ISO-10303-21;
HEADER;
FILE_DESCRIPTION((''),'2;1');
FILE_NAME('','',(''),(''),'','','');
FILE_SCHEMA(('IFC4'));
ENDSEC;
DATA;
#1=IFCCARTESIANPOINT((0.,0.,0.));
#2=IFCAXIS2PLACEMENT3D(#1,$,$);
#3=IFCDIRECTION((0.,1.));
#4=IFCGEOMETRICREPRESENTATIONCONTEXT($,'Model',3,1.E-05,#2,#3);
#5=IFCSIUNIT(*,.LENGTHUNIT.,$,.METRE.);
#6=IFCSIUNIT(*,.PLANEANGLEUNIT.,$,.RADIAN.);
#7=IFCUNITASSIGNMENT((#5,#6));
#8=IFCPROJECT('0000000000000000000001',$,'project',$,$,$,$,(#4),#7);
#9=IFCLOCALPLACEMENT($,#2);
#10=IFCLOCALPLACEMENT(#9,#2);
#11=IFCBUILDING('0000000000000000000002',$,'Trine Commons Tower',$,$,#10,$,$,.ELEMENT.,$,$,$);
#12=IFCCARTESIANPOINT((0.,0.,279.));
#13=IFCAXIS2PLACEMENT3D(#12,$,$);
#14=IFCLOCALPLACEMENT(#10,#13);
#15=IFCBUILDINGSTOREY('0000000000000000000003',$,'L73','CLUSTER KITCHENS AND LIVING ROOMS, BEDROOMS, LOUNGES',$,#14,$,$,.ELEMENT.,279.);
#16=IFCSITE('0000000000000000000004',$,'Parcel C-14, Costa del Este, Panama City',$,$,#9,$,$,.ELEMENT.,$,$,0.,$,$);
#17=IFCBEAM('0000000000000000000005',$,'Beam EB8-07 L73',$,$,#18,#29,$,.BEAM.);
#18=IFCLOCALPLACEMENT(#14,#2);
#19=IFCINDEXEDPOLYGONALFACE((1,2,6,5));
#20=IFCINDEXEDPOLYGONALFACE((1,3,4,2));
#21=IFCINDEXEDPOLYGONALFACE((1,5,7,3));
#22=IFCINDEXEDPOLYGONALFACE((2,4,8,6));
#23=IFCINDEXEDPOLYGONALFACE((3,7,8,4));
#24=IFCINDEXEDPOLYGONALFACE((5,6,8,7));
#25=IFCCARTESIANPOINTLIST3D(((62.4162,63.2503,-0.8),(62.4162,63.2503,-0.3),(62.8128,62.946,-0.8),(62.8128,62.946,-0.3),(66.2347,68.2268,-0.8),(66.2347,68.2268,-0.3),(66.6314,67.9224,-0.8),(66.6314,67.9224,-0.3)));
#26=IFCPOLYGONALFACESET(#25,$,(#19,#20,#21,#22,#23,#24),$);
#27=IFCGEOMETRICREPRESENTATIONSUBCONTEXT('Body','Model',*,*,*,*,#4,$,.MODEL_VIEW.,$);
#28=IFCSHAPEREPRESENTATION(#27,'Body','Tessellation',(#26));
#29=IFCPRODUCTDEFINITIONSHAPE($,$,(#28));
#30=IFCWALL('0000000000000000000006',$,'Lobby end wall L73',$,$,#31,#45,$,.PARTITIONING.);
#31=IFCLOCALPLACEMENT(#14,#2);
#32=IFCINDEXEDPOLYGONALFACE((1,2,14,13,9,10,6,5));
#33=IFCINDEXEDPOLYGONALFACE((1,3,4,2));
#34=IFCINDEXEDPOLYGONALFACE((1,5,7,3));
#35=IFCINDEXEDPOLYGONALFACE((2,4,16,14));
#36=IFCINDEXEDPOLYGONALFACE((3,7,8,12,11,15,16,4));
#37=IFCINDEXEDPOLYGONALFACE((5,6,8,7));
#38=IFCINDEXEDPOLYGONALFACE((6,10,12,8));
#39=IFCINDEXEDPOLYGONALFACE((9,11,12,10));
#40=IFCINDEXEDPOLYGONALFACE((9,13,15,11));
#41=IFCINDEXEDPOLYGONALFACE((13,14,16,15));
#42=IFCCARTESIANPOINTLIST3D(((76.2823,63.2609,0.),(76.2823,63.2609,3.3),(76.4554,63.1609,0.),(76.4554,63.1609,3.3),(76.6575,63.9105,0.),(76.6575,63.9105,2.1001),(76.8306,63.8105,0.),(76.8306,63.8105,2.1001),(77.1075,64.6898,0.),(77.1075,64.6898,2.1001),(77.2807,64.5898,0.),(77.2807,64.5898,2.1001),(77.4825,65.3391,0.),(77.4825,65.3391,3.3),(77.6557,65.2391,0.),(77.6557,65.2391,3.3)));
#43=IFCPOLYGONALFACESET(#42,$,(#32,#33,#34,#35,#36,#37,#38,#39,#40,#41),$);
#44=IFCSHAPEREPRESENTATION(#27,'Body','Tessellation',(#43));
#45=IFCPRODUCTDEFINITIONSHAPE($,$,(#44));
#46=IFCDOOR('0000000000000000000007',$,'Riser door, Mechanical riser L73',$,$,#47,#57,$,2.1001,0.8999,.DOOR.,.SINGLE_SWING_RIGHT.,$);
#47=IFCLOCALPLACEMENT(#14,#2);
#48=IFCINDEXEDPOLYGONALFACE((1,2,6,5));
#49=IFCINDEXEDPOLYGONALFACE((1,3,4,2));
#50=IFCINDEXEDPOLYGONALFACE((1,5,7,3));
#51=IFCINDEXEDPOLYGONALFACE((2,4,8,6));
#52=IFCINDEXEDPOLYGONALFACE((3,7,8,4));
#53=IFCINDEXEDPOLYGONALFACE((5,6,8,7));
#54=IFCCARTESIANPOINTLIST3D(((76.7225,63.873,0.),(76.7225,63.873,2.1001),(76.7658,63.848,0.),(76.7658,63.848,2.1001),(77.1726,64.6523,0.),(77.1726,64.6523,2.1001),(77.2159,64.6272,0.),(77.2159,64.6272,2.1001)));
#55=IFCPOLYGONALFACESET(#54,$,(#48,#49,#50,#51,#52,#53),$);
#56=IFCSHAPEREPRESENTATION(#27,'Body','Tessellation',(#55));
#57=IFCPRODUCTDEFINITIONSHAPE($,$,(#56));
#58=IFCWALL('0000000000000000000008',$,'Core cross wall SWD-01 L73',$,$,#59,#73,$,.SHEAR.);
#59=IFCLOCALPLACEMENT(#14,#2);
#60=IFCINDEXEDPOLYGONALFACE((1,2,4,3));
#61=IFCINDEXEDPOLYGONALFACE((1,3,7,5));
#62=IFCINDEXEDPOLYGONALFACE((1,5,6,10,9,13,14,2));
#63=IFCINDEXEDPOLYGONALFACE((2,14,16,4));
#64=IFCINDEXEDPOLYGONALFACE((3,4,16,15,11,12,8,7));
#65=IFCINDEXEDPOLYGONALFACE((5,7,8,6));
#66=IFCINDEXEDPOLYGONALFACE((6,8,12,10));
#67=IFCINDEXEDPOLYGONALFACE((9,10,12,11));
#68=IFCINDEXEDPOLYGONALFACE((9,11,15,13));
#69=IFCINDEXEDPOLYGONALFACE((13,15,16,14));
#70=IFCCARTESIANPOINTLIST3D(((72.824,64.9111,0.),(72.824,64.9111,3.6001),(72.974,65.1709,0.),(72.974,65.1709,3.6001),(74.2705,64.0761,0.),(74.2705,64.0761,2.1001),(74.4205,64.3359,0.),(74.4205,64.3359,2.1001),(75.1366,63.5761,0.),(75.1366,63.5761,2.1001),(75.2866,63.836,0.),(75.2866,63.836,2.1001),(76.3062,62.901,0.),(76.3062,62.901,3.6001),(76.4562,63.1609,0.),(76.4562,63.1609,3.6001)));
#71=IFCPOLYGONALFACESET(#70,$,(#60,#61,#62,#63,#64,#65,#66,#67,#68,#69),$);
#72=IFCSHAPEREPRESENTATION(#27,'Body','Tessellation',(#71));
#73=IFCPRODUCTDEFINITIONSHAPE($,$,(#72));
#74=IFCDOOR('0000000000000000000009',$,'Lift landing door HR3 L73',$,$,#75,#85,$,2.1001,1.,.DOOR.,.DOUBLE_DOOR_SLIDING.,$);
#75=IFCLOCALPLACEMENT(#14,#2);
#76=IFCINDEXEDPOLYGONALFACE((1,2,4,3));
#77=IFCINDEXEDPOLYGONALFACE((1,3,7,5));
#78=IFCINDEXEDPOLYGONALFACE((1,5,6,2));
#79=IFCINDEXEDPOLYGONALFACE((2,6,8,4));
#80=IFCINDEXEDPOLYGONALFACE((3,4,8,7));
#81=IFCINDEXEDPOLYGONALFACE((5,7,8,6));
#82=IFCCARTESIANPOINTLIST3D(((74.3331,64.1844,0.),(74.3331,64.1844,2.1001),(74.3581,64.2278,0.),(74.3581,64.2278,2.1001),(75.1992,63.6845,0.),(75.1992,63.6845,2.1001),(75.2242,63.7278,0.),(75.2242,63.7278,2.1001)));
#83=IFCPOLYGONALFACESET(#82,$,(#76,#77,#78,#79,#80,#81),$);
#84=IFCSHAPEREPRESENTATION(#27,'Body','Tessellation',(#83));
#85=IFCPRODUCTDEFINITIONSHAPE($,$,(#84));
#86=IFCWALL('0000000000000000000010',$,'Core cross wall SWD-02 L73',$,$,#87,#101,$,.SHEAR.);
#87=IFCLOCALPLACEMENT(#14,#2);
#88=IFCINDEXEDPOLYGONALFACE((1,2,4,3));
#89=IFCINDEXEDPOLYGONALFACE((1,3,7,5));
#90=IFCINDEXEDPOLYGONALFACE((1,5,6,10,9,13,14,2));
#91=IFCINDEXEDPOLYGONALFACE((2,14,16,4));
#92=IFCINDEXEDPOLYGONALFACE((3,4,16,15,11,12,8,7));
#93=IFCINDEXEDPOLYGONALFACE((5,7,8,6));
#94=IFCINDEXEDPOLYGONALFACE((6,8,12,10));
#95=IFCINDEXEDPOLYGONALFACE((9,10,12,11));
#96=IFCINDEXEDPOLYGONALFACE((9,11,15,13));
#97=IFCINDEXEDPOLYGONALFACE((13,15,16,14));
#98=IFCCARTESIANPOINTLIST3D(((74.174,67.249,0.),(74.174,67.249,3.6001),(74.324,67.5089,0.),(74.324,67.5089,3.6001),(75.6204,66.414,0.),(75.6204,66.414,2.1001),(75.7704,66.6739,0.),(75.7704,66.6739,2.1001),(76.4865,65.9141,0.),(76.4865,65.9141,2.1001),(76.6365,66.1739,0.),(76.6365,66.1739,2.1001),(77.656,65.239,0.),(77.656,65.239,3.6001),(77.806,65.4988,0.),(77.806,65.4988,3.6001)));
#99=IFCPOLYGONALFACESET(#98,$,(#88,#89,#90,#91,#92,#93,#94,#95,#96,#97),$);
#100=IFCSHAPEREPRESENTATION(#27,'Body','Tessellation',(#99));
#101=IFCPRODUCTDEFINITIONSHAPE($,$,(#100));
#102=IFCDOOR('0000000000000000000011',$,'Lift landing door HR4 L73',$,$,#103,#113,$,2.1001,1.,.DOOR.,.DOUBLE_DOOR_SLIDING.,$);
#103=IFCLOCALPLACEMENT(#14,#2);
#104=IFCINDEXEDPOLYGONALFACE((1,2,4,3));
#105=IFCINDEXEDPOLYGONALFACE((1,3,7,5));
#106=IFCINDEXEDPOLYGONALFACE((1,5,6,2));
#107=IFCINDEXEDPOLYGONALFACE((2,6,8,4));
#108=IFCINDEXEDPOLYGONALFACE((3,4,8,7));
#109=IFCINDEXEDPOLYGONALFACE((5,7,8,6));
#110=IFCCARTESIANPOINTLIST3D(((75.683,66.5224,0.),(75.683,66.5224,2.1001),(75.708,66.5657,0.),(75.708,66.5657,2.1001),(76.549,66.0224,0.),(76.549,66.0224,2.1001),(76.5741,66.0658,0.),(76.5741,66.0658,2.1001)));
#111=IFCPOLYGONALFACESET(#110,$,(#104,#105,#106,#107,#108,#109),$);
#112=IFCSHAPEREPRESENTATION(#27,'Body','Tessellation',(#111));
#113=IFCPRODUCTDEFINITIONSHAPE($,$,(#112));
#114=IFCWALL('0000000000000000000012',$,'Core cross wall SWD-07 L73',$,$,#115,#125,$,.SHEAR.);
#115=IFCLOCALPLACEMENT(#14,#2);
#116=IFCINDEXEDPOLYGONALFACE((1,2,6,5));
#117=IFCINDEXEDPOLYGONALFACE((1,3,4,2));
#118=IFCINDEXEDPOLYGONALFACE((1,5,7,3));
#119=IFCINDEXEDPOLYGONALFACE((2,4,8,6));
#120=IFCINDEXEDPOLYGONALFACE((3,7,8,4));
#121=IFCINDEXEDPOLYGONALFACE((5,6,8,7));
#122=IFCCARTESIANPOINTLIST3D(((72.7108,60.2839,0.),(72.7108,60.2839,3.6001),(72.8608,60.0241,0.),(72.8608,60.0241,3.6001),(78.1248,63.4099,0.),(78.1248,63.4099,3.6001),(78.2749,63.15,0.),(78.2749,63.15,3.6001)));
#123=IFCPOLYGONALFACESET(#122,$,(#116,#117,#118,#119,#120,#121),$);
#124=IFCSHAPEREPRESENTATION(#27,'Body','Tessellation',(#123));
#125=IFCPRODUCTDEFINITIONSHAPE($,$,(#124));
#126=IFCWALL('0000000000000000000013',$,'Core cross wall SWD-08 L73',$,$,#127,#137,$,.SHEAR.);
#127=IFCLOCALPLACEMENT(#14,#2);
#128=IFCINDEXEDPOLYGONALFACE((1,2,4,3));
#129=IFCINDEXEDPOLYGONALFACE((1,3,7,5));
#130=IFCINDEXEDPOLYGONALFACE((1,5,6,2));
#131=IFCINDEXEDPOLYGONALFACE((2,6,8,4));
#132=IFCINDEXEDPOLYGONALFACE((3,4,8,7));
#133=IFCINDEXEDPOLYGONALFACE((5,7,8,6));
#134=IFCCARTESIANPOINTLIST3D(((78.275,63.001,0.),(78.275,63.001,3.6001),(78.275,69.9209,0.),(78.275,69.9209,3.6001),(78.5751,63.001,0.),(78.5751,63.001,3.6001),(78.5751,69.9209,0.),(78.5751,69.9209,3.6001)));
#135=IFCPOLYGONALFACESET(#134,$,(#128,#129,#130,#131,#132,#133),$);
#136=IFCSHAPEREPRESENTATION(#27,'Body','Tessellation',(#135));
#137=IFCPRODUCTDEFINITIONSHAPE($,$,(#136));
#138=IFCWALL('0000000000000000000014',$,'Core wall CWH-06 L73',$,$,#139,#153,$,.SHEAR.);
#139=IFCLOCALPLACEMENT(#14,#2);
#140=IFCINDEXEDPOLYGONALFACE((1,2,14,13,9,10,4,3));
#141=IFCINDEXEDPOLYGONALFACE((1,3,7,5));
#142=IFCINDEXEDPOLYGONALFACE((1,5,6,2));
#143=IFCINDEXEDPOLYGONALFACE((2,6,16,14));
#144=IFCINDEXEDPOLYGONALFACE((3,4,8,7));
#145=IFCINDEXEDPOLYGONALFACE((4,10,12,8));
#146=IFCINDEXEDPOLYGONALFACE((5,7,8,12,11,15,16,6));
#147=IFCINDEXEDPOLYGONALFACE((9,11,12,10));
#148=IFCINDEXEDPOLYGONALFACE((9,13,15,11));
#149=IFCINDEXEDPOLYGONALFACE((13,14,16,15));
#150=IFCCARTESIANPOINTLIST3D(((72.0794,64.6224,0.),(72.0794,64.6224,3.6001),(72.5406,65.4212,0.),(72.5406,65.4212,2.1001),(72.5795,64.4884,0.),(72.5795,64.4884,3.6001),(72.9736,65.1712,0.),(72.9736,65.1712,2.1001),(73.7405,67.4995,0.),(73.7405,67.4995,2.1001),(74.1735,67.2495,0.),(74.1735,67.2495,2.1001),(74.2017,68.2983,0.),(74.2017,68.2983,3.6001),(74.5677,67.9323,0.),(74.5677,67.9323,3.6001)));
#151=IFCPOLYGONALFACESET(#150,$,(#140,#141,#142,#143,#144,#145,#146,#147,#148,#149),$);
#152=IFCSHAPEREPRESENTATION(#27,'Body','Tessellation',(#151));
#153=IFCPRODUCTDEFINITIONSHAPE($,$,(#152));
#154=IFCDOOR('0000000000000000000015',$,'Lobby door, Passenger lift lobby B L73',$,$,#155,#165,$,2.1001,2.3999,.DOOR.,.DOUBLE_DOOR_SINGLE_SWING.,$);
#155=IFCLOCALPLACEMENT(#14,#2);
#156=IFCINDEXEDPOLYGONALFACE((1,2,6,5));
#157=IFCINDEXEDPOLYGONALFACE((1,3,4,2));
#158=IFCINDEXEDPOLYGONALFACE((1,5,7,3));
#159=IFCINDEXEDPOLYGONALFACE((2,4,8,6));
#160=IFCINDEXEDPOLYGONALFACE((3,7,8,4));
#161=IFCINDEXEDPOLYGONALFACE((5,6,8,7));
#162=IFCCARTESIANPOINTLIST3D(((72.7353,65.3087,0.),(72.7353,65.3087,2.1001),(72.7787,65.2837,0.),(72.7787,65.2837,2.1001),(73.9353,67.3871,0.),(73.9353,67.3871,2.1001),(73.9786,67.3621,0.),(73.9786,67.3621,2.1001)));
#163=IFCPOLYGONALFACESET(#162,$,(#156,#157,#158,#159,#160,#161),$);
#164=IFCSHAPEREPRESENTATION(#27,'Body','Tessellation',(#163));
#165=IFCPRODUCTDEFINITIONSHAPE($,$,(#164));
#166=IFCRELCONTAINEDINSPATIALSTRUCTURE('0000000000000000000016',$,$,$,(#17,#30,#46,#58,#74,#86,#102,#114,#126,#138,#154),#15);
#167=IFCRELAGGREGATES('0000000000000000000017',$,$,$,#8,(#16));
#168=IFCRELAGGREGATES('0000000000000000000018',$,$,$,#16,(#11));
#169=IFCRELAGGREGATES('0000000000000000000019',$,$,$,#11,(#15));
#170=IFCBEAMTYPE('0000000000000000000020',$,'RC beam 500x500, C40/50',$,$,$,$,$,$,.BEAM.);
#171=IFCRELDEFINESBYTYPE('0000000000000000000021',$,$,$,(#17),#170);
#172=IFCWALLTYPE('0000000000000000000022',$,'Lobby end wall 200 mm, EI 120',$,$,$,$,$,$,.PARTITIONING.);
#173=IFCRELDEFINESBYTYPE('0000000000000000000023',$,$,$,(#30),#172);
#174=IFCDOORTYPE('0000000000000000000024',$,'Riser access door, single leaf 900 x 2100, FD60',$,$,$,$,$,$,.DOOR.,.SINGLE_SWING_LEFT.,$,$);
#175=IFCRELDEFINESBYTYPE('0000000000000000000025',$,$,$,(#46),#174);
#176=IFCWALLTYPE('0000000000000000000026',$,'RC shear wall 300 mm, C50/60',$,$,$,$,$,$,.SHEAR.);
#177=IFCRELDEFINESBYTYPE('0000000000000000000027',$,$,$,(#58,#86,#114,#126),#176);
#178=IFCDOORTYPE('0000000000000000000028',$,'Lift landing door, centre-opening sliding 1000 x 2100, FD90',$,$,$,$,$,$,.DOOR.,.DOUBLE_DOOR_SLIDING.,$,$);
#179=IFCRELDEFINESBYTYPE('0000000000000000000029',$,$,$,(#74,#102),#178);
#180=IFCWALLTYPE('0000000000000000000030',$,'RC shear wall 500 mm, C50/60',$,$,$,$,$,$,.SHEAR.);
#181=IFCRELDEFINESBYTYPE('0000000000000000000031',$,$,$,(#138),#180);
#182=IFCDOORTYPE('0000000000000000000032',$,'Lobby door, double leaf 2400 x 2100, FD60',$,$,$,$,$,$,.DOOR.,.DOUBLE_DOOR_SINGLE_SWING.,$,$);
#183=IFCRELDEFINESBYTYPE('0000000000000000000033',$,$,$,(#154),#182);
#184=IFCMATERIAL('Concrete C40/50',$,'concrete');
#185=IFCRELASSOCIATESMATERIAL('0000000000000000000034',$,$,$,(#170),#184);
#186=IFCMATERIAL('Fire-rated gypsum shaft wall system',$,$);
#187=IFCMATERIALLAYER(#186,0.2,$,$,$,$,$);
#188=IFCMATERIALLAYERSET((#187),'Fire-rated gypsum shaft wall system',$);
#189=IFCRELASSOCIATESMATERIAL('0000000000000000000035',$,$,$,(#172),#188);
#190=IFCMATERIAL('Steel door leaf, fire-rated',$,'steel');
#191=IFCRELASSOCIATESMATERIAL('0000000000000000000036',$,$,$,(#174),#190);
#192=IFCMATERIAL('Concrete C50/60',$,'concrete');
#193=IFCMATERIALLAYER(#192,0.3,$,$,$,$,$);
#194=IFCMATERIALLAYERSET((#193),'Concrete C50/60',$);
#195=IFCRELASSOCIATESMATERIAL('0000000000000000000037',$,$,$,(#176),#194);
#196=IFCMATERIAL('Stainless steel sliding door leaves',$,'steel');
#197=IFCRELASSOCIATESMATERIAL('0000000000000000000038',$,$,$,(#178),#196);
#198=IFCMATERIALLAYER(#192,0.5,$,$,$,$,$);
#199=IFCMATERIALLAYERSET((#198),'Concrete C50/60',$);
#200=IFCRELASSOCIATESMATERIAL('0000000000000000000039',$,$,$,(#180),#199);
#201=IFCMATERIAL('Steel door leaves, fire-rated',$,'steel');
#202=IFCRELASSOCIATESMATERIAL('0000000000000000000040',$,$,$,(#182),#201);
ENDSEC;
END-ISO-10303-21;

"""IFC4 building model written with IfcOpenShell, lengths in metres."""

from ifc_helpers import new_model, si_unit, direction, frame, frame_2d, origin, origin_2d, place, context, subcontext, project, spatial, polyline, rectangle, outline, extrude, material, layer, layer_set, material_profile, profile_set, type_object, element, fill, save


model = new_model("IFC4")

# Units and contexts
model_context = context("Model", 3, precision=1e-05, world=origin(), true_north=direction((0.0, 1.0)))
body_context = subcontext(model_context, "Body", "Model", "MODEL_VIEW")
ifc_project = project(units=[si_unit("LENGTHUNIT", "METRE"), si_unit("PLANEANGLEUNIT", "RADIAN")], contexts=[model_context])

# Site, building, storey
site_placement = place(None, origin())
site = spatial("IfcSite", under=ifc_project, at=site_placement, Name="Parcel C-14, Costa del Este, Panama City", CompositionType="ELEMENT", RefElevation=0.0)
building_placement = place(site_placement, origin())
building = spatial("IfcBuilding", under=site, at=building_placement, Name="Trine Commons Tower", CompositionType="ELEMENT")
storey_placement = place(building_placement, frame((0.0, 0.0, 279.0)))
storey = spatial("IfcBuildingStorey", under=building, at=storey_placement, Name="L73", Description="CLUSTER KITCHENS AND LIVING ROOMS, BEDROOMS, LOUNGES", CompositionType="ELEMENT", Elevation=279.0)

# Beam
ifc_material_1 = material(Name="Concrete C40/50", Category="concrete")
ifc_material_profile = material_profile(ifc_material_1, rectangle(XDim=0.5, YDim=0.5, at=origin_2d()), Name="RC 500x500")
ifc_profile_set = profile_set([ifc_material_profile], Name="Concrete C40/50")
beam_type = type_object("IfcBeamType", Name="RC beam 500x500, C40/50", PredefinedType="BEAM", material=ifc_profile_set)
beam_placement = place(storey_placement, frame((62.6145, 63.0981, -0.55), z_axis=(0.608757, 0.793357, 0.0), x_axis=(-0.793357, 0.608757, 0.0)))
element("IfcBeam", 1, at=beam_placement, inside=storey, type_object=beam_type, Name="Beam EB8-07 L73", PredefinedType="BEAM", context=body_context, shape_type="SweptSolid", body=[
    extrude(rectangle(XDim=0.5, YDim=0.5, at=origin_2d()), origin(), (0.0, 0.0, 1.0), 6.2727),
])

# Walls, openings, doors
ifc_material_2 = material(Name="Fire-rated gypsum shaft wall system")
ifc_layer_1 = layer(ifc_material_2, 0.2)
ifc_layer_set_1 = layer_set([ifc_layer_1], Name="Fire-rated gypsum shaft wall system")
wall_type_1 = type_object("IfcWallType", Name="Lobby end wall 200 mm, EI 120", PredefinedType="PARTITIONING", material=ifc_layer_set_1)
wall_1_placement = place(storey_placement, frame((77.5691, 65.2891, 0.0), z_axis=(0.0, 0.0, 1.0), x_axis=(-0.500122, -0.865955, 0.0)))
wall_1 = element("IfcWall", 2, at=wall_1_placement, inside=storey, type_object=wall_type_1, Name="Lobby end wall L73", PredefinedType="PARTITIONING", context=body_context, shape_type="SweptSolid", body=[
    extrude(rectangle(XDim=2.3999, YDim=0.2, at=frame_2d((1.2, 0.0))), origin(), (0.0, 0.0, 1.0), 3.3),
])
opening_1_placement = place(wall_1_placement, frame((0.7498, 0.0, 0.0)))
opening_1 = element("IfcOpeningElement", 3, at=opening_1_placement, cuts=wall_1, PredefinedType="OPENING", context=body_context, shape_type="SweptSolid", body=[
    extrude(rectangle(XDim=0.8999, YDim=2.1001, at=frame_2d((0.45, 1.05))), frame((0.0, 0.1099, 0.0), z_axis=(0.0, -1.0, 0.0), x_axis=(1.0, 0.0, 0.0)), (0.0, 0.0, 1.0), 0.22),
])
ifc_material_3 = material(Name="Steel door leaf, fire-rated", Category="steel")
door_type_1 = type_object("IfcDoorType", Name="Riser access door, single leaf 900 x 2100, FD60", OperationType="SINGLE_SWING_LEFT", PredefinedType="DOOR", material=ifc_material_3)
door_1_placement = place(opening_1_placement, frame((0.8999, 0.0, 0.0), z_axis=(0.0, 0.0, 1.0), x_axis=(-1.0, 0.0, 0.0)))
door_1 = element("IfcDoor", 4, at=door_1_placement, inside=storey, type_object=door_type_1, Name="Riser door, Mechanical riser L73", OperationType="SINGLE_SWING_RIGHT", OverallHeight=2.1001, OverallWidth=0.8999, PredefinedType="DOOR", context=body_context, shape_type="SweptSolid", body=[
    extrude(rectangle(XDim=0.8999, YDim=2.1001, at=frame_2d((0.45, 1.05))), frame((0.0, 0.0249, 0.0), z_axis=(0.0, -1.0, 0.0), x_axis=(1.0, 0.0, 0.0)), (0.0, 0.0, 1.0), 0.05),
])
fill(opening_1, door_1)
ifc_material_4 = material(Name="Concrete C50/60", Category="concrete")
ifc_layer_2 = layer(ifc_material_4, 0.3)
ifc_layer_set_2 = layer_set([ifc_layer_2], Name="Concrete C50/60")
wall_type_2 = type_object("IfcWallType", Name="RC shear wall 300 mm, C50/60", PredefinedType="SHEAR", material=ifc_layer_set_2)
wall_2_placement = place(storey_placement, frame((76.3811, 63.031, 0.0), z_axis=(0.0, 0.0, 1.0), x_axis=(-0.866071, 0.49992, 0.0)))
wall_2 = element("IfcWall", 5, at=wall_2_placement, inside=storey, type_object=wall_type_2, Name="Core cross wall SWD-01 L73", PredefinedType="SHEAR", context=body_context, shape_type="SweptSolid", body=[
    extrude(rectangle(XDim=4.0208, YDim=0.3, at=frame_2d((2.0103, 0.0))), origin(), (0.0, 0.0, 1.0), 3.6001),
])
opening_2_placement = place(wall_2_placement, frame((1.3503, 0.0, 0.0)))
opening_2 = element("IfcOpeningElement", 6, at=opening_2_placement, cuts=wall_2, PredefinedType="OPENING", context=body_context, shape_type="SweptSolid", body=[
    extrude(rectangle(XDim=1.0, YDim=2.1001, at=frame_2d((0.5, 1.05))), frame((0.0, 0.1599, 0.0), z_axis=(0.0, -1.0, 0.0), x_axis=(1.0, 0.0, 0.0)), (0.0, 0.0, 1.0), 0.3201),
])
ifc_material_5 = material(Name="Stainless steel sliding door leaves", Category="steel")
door_type_2 = type_object("IfcDoorType", Name="Lift landing door, centre-opening sliding 1000 x 2100, FD90", OperationType="DOUBLE_DOOR_SLIDING", PredefinedType="DOOR", material=ifc_material_5)
door_2_placement = place(opening_2_placement, origin())
door_2 = element("IfcDoor", 7, at=door_2_placement, inside=storey, type_object=door_type_2, Name="Lift landing door HR3 L73", OperationType="DOUBLE_DOOR_SLIDING", OverallHeight=2.1001, OverallWidth=1.0, PredefinedType="DOOR", context=body_context, shape_type="SweptSolid", body=[
    extrude(rectangle(XDim=1.0, YDim=2.1001, at=frame_2d((0.5, 1.05))), frame((0.0, 0.0249, 0.0), z_axis=(0.0, -1.0, 0.0), x_axis=(1.0, 0.0, 0.0)), (0.0, 0.0, 1.0), 0.05),
])
fill(opening_2, door_2)
wall_3_placement = place(storey_placement, frame((77.731, 65.3689, 0.0), z_axis=(0.0, 0.0, 1.0), x_axis=(-0.866056, 0.499947, 0.0)))
wall_3 = element("IfcWall", 8, at=wall_3_placement, inside=storey, type_object=wall_type_2, Name="Core cross wall SWD-02 L73", PredefinedType="SHEAR", context=body_context, shape_type="SweptSolid", body=[
    extrude(rectangle(XDim=4.0205, YDim=0.3, at=frame_2d((2.0103, 0.0))), origin(), (0.0, 0.0, 1.0), 3.6001),
])
opening_3_placement = place(wall_3_placement, frame((1.3503, 0.0, 0.0)))
opening_3 = element("IfcOpeningElement", 9, at=opening_3_placement, cuts=wall_3, PredefinedType="OPENING", context=body_context, shape_type="SweptSolid", body=[
    extrude(rectangle(XDim=1.0, YDim=2.1001, at=frame_2d((0.5, 1.05))), frame((0.0, 0.1599, 0.0), z_axis=(0.0, -1.0, 0.0), x_axis=(1.0, 0.0, 0.0)), (0.0, 0.0, 1.0), 0.3201),
])
door_3_placement = place(opening_3_placement, origin())
door_3 = element("IfcDoor", 10, at=door_3_placement, inside=storey, type_object=door_type_2, Name="Lift landing door HR4 L73", OperationType="DOUBLE_DOOR_SLIDING", OverallHeight=2.1001, OverallWidth=1.0, PredefinedType="DOOR", context=body_context, shape_type="SweptSolid", body=[
    extrude(rectangle(XDim=1.0, YDim=2.1001, at=frame_2d((0.5, 1.05))), frame((0.0, 0.0249, 0.0), z_axis=(0.0, -1.0, 0.0), x_axis=(1.0, 0.0, 0.0)), (0.0, 0.0, 1.0), 0.05),
])
fill(opening_3, door_3)

# Walls
wall_4_placement = place(storey_placement, frame((78.2, 63.28, 0.0), z_axis=(0.0, 0.0, 1.0), x_axis=(-0.866014, -0.50002, 0.0)))
element("IfcWall", 11, at=wall_4_placement, inside=storey, type_object=wall_type_2, Name="Core cross wall SWD-07 L73", PredefinedType="SHEAR", context=body_context, shape_type="SweptSolid", body=[
    extrude(rectangle(XDim=6.2517, YDim=0.3, at=frame_2d((3.126, 0.0))), origin(), (0.0, 0.0, 1.0), 3.6001),
])
wall_5_placement = place(storey_placement, frame((78.425, 63.001, 0.0), z_axis=(0.0, 0.0, 1.0), x_axis=(0.0, 1.0, 0.0)))
element("IfcWall", 12, at=wall_5_placement, inside=storey, type_object=wall_type_2, Name="Core cross wall SWD-08 L73", PredefinedType="SHEAR", context=body_context, shape_type="SweptSolid", body=[
    extrude(rectangle(XDim=6.9199, YDim=0.3, at=frame_2d((3.46, 0.0))), origin(), (0.0, 0.0, 1.0), 3.6001),
])

# Wall, opening, door
ifc_layer_3 = layer(ifc_material_4, 0.5)
ifc_layer_set_3 = layer_set([ifc_layer_3], Name="Concrete C50/60")
wall_type_3 = type_object("IfcWallType", Name="RC shear wall 500 mm, C50/60", PredefinedType="SHEAR", material=ifc_layer_set_3)
wall_6_placement = place(storey_placement, frame((74.4182, 68.1733, 0.0), z_axis=(0.0, 0.0, 1.0), x_axis=(-0.499993, -0.866029, 0.0)))
wall_6 = element("IfcWall", 13, at=wall_6_placement, inside=storey, type_object=wall_type_3, Name="Core wall CWH-06 L73", PredefinedType="SHEAR", context=body_context, shape_type="SweptSolid", body=[
    extrude(outline(polyline([(0.0, -0.25), (4.2446, -0.25), (4.1106, 0.25), (0.134, 0.25), (0.0, -0.25)])), origin(), (0.0, 0.0, 1.0), 3.6001),
])
opening_4_placement = place(wall_6_placement, frame((0.9224, 0.0, 0.0)))
opening_4 = element("IfcOpeningElement", 14, at=opening_4_placement, cuts=wall_6, PredefinedType="OPENING", context=body_context, shape_type="SweptSolid", body=[
    extrude(rectangle(XDim=2.3999, YDim=2.1001, at=frame_2d((1.2, 1.05))), frame((0.0, 0.26, 0.0), z_axis=(0.0, -1.0, 0.0), x_axis=(1.0, 0.0, 0.0)), (0.0, 0.0, 1.0), 0.52),
])
ifc_material_6 = material(Name="Steel door leaves, fire-rated", Category="steel")
door_type_3 = type_object("IfcDoorType", Name="Lobby door, double leaf 2400 x 2100, FD60", OperationType="DOUBLE_DOOR_SINGLE_SWING", PredefinedType="DOOR", material=ifc_material_6)
door_4_placement = place(opening_4_placement, origin())
door_4 = element("IfcDoor", 15, at=door_4_placement, inside=storey, type_object=door_type_3, Name="Lobby door, Passenger lift lobby B L73", OperationType="DOUBLE_DOOR_SINGLE_SWING", OverallHeight=2.1001, OverallWidth=2.3999, PredefinedType="DOOR", context=body_context, shape_type="SweptSolid", body=[
    extrude(rectangle(XDim=2.3999, YDim=2.1001, at=frame_2d((1.2, 1.05))), frame((0.0, 0.0249, 0.0), z_axis=(0.0, -1.0, 0.0), x_axis=(1.0, 0.0, 0.0)), (0.0, 0.0, 1.0), 0.05),
])
fill(opening_4, door_4)

save(model, "model.ifc")
